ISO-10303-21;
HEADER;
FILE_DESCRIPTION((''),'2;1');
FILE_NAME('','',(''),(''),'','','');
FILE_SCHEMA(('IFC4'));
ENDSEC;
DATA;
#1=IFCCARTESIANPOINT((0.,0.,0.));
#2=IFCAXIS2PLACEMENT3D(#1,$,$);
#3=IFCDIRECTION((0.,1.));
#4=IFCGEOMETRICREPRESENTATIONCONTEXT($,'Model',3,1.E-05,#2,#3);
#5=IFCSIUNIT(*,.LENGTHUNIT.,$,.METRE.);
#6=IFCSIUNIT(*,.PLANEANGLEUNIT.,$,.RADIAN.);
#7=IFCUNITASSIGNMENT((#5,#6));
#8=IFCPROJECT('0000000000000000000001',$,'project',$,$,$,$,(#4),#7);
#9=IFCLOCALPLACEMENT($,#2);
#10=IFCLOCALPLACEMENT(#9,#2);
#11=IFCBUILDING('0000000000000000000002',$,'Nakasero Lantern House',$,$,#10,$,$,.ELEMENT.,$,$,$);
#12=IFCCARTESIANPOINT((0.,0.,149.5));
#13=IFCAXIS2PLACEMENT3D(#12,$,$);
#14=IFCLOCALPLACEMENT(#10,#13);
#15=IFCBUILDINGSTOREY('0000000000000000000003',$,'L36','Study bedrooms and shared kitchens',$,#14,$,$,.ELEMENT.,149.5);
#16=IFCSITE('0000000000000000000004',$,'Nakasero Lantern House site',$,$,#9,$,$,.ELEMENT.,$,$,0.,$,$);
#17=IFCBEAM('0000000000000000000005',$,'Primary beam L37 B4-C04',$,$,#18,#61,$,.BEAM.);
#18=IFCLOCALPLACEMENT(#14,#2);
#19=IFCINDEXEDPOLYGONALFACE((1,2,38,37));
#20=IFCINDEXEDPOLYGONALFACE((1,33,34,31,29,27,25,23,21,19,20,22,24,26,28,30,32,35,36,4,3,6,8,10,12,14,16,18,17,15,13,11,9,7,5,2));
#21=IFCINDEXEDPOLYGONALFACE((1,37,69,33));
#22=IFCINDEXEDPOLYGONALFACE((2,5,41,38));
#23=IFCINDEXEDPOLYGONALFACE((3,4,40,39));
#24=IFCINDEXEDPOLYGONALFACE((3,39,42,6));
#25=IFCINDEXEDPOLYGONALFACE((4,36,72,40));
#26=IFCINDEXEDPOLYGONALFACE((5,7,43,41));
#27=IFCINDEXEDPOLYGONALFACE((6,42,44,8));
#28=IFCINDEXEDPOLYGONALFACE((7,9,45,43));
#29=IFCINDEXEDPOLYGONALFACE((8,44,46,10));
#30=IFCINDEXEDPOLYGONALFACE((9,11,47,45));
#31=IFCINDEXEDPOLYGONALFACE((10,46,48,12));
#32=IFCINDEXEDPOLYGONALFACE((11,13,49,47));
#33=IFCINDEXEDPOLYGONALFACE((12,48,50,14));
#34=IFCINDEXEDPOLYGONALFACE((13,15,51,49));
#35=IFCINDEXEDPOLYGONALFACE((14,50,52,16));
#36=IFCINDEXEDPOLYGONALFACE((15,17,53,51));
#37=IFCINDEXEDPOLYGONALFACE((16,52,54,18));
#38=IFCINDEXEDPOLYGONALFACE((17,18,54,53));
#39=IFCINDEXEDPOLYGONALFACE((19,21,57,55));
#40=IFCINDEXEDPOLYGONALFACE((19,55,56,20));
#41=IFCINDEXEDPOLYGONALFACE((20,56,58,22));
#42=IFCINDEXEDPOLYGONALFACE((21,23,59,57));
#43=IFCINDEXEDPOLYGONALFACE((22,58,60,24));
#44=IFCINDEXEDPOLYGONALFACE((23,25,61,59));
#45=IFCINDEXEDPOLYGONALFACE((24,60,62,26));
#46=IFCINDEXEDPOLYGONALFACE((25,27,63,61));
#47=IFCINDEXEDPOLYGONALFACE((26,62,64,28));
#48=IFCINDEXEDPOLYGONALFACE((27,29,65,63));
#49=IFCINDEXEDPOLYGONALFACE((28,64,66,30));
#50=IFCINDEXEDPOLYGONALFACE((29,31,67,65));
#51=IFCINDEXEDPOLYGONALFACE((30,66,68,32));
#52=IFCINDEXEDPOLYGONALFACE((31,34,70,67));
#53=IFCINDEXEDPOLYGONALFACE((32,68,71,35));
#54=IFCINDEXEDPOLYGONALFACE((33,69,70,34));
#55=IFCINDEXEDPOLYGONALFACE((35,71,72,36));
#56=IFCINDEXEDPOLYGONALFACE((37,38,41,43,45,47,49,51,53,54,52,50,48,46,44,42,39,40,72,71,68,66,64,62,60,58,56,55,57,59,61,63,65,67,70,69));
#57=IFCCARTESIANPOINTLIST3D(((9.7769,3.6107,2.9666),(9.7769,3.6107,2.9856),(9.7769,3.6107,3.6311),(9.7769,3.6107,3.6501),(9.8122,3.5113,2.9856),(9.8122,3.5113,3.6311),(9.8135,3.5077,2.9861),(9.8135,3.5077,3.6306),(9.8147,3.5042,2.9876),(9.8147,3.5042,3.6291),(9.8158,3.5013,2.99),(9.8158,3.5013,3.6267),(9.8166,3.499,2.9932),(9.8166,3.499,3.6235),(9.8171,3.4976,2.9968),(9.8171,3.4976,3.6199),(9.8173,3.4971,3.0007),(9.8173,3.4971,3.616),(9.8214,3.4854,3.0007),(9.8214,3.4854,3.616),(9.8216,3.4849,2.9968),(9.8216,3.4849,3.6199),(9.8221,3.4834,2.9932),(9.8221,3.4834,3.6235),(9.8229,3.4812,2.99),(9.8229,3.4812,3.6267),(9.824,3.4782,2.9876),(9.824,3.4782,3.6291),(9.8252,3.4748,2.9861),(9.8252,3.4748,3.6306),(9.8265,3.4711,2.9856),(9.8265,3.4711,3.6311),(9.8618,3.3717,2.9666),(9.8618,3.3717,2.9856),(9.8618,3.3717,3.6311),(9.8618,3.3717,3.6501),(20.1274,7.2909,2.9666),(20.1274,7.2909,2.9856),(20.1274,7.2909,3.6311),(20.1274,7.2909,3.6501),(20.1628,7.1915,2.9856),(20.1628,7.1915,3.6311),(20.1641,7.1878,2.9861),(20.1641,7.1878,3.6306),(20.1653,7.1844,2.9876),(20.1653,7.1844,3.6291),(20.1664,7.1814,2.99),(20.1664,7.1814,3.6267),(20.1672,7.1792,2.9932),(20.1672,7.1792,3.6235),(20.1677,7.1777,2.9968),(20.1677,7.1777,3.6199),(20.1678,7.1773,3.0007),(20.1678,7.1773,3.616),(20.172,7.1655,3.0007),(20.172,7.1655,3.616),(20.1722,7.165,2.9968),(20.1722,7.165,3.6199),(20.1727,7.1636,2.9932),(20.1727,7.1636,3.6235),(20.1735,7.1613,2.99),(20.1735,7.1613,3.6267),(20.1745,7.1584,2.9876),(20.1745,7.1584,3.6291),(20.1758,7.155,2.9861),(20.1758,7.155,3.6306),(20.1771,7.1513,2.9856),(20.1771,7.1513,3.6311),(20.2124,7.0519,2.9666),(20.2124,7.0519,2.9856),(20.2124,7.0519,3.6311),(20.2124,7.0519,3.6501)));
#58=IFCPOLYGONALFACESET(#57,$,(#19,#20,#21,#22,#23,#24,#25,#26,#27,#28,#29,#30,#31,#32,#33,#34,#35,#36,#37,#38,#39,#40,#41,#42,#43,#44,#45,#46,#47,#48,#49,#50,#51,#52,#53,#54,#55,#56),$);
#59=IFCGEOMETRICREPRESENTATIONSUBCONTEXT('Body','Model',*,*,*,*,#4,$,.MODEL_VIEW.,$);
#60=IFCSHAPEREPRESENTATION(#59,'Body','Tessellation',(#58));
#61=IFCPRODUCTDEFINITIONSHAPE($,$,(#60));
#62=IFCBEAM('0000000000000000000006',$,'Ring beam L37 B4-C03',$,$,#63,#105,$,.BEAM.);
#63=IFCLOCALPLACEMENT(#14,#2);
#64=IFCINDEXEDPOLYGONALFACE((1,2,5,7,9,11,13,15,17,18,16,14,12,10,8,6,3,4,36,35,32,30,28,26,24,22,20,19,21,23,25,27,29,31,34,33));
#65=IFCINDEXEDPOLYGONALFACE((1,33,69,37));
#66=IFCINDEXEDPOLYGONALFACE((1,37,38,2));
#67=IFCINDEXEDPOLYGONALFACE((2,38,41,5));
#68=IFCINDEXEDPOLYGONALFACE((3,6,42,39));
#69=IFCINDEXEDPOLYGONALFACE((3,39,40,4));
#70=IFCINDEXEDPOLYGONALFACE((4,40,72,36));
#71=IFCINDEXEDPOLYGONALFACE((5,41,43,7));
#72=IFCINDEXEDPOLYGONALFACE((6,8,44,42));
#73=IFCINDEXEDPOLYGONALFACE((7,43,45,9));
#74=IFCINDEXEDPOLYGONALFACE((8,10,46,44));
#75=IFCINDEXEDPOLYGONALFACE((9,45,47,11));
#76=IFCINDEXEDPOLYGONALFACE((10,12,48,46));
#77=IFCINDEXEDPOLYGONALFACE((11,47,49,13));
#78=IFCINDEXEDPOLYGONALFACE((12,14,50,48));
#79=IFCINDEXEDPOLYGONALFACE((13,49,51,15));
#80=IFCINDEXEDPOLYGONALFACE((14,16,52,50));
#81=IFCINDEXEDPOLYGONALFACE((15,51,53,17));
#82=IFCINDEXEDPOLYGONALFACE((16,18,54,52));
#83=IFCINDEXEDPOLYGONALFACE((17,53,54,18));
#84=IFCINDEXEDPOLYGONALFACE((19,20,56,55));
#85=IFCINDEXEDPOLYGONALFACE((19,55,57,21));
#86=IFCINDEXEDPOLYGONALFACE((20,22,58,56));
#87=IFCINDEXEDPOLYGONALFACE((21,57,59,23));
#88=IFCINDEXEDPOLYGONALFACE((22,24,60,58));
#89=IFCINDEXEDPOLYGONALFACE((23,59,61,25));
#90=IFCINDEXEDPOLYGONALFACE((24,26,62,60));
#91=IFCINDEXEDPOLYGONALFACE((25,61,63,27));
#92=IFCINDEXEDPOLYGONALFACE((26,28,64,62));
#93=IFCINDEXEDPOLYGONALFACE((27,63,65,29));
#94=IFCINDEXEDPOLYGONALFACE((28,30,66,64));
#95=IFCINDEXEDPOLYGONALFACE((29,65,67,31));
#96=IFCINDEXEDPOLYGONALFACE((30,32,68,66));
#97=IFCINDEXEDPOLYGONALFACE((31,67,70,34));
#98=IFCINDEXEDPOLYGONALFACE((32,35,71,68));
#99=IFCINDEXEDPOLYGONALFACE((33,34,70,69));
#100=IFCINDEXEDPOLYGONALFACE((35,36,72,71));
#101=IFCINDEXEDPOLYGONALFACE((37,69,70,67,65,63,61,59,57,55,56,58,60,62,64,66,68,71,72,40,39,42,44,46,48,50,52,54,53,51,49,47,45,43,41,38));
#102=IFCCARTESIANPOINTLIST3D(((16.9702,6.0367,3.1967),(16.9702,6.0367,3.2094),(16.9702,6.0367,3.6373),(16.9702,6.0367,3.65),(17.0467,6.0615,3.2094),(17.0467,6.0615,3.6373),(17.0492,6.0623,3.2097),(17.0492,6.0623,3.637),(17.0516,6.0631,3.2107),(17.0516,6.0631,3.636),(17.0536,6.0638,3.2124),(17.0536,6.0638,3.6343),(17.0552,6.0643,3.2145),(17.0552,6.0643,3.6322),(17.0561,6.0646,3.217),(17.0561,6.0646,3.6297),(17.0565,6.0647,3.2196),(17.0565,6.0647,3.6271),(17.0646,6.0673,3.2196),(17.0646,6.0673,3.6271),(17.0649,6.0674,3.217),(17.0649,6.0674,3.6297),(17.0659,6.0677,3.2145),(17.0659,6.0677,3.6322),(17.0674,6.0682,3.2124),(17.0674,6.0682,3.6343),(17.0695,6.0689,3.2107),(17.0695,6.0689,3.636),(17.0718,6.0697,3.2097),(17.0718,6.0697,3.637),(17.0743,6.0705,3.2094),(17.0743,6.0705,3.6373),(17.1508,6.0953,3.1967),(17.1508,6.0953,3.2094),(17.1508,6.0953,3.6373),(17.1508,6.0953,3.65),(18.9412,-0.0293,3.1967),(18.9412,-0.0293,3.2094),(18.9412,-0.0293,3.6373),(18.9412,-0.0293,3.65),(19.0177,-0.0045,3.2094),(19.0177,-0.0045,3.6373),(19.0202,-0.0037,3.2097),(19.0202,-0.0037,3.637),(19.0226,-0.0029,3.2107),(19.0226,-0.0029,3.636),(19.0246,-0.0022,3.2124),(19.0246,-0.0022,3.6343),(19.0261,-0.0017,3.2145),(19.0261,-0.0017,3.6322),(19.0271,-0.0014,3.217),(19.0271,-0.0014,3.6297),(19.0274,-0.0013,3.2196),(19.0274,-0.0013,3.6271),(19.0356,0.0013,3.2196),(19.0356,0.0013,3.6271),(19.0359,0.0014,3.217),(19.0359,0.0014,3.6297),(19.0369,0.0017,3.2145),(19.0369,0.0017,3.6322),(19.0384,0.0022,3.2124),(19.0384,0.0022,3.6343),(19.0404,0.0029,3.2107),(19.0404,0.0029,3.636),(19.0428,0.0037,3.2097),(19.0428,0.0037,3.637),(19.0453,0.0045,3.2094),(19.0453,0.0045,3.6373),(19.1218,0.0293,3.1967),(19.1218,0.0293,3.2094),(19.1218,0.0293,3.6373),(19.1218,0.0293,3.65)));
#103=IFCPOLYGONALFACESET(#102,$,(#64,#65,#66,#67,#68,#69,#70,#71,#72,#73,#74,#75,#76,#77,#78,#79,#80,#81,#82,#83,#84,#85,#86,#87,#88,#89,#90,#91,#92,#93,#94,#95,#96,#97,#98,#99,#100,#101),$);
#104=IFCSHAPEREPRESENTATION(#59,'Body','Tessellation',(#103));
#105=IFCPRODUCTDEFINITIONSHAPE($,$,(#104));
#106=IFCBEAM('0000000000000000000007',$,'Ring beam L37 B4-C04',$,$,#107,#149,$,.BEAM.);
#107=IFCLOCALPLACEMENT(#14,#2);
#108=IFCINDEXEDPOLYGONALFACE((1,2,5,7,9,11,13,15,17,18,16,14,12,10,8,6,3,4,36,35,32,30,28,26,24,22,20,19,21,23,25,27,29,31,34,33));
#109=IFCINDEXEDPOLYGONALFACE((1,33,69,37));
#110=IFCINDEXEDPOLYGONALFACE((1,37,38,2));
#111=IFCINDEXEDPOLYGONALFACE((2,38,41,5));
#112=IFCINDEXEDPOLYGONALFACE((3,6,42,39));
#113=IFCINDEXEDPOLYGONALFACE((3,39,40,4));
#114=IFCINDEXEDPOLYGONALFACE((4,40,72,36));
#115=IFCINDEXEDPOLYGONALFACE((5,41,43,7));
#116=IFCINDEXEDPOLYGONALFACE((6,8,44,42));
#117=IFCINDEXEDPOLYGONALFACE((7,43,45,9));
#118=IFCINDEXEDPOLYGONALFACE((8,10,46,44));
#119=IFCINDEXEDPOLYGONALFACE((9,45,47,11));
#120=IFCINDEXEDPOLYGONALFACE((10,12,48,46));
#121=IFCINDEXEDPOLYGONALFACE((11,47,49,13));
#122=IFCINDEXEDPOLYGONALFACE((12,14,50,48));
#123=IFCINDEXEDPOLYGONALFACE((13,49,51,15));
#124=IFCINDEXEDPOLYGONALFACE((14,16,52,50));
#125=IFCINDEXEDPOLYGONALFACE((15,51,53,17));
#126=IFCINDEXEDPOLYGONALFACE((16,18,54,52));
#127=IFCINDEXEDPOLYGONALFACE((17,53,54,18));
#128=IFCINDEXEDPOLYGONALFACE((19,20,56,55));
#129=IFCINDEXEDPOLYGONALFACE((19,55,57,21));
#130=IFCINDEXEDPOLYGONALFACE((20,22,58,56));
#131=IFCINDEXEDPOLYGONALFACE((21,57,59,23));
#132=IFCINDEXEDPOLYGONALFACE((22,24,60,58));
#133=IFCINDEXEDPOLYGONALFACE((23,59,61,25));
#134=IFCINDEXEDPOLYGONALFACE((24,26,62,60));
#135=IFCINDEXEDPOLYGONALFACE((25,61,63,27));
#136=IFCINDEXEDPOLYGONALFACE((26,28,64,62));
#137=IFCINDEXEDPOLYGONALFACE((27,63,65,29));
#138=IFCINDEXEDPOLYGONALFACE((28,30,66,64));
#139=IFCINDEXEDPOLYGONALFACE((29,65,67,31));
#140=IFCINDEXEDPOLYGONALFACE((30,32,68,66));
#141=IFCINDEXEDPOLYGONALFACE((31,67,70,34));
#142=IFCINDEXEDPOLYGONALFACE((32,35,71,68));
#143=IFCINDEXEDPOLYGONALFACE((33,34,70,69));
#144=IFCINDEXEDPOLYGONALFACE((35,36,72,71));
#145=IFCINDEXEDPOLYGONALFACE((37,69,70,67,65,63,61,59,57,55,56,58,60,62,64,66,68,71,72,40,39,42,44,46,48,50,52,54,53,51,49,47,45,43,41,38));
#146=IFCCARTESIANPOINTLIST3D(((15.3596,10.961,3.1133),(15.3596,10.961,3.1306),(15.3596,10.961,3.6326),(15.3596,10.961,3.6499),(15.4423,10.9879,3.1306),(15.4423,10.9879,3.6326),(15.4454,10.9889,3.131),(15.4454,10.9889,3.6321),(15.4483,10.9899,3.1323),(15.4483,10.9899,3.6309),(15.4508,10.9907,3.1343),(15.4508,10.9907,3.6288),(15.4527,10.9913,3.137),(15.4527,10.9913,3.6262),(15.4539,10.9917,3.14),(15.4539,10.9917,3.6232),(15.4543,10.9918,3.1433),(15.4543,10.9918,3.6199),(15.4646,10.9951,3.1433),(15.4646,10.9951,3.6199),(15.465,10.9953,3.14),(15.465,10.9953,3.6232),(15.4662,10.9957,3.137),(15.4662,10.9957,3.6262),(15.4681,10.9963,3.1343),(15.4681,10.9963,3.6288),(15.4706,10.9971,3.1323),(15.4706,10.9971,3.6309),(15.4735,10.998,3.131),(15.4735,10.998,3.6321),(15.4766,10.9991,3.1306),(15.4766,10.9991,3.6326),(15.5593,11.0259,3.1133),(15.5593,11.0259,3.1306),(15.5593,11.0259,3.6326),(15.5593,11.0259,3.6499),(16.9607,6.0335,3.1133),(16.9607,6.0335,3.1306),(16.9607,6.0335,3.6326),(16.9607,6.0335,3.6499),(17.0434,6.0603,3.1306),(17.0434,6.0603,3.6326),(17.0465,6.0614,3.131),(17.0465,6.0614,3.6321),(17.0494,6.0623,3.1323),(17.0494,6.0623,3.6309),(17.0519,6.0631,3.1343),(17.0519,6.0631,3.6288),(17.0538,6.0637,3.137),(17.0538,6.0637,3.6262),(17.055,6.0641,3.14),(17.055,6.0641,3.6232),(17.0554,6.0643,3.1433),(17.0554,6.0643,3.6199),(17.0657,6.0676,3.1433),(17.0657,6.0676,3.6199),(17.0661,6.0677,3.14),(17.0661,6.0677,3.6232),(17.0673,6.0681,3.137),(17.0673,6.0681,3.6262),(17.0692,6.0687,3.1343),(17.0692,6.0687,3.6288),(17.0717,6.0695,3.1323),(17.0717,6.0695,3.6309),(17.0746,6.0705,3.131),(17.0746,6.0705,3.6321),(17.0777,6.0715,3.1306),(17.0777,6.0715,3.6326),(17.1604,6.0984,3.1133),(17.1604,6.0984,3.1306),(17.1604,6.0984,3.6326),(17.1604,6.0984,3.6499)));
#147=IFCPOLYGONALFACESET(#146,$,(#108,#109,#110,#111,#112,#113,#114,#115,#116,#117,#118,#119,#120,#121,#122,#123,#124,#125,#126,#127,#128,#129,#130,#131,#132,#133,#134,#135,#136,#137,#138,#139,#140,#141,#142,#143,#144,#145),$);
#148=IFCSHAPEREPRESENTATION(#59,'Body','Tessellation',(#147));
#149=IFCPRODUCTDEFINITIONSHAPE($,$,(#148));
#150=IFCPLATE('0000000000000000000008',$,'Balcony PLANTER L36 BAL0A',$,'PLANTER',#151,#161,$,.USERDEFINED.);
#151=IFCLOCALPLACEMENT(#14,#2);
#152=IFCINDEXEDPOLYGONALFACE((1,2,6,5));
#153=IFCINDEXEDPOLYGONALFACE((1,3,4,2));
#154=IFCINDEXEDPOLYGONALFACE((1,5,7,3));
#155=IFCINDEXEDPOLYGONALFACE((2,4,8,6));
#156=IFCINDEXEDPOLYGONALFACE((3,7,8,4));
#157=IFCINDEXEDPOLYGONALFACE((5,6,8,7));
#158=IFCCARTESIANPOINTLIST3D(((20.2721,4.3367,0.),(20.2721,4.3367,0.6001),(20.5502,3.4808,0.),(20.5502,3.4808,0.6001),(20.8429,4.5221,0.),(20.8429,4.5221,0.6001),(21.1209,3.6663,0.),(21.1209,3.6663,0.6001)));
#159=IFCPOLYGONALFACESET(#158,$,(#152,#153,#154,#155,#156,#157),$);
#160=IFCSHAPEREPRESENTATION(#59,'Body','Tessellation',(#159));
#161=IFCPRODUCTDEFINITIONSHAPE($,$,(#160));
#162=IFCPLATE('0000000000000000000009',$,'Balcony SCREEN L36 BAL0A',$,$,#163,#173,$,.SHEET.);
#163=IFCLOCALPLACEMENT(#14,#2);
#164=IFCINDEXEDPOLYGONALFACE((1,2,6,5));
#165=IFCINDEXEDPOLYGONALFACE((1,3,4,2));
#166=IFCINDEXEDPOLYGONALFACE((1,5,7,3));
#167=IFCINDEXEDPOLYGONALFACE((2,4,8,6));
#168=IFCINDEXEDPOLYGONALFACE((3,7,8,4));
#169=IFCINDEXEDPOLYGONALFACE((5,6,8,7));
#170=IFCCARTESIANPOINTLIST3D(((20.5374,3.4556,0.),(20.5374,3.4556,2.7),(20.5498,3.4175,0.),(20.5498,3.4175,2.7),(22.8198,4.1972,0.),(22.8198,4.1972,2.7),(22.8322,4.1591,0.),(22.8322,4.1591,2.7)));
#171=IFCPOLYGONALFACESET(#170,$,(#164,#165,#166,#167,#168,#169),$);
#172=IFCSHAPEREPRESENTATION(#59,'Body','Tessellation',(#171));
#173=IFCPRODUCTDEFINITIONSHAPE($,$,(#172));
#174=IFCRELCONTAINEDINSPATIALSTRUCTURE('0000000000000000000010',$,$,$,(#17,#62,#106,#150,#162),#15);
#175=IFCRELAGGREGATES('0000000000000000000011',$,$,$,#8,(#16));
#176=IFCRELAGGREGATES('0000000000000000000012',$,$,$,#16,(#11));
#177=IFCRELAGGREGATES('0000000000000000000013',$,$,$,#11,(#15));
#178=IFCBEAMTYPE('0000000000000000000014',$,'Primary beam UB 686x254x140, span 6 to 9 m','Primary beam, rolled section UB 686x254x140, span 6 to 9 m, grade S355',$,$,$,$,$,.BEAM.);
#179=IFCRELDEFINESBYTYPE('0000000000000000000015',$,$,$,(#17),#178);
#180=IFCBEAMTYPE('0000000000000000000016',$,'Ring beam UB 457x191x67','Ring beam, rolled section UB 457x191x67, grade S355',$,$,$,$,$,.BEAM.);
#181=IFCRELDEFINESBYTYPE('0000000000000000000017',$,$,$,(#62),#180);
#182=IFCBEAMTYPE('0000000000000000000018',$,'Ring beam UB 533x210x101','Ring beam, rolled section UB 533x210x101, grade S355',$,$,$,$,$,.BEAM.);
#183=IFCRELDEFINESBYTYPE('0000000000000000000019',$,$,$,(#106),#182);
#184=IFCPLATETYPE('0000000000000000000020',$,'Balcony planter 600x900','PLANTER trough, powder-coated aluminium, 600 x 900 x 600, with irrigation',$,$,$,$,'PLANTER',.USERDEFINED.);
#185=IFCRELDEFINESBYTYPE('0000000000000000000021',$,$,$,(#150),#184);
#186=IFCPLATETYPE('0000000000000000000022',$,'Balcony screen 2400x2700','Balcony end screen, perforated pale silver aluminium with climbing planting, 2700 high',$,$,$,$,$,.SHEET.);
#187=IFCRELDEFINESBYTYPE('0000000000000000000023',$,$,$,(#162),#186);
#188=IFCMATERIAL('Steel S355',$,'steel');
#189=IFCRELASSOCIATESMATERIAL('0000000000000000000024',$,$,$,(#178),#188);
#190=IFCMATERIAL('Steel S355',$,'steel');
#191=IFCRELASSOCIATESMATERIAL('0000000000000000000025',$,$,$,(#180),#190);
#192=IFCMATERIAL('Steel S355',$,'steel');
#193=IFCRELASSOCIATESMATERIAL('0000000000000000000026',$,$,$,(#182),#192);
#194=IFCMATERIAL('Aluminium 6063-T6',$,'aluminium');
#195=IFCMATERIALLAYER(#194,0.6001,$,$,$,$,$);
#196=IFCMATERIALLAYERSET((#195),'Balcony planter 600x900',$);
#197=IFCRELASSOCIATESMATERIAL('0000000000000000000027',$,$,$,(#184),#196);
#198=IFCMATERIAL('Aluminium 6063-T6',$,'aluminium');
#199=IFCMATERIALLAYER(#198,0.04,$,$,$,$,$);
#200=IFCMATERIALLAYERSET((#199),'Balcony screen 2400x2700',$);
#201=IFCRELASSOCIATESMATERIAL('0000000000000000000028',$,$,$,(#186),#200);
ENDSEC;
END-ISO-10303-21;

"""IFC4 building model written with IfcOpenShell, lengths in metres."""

from ifc_helpers import new_model, si_unit, direction, frame, origin, origin_2d, place, context, subcontext, project, spatial, rectangle, i_section, extrude, material, layer, layer_set, material_profile, profile_set, type_object, element, save


model = new_model("IFC4")

# Units and contexts
model_context = context("Model", 3, precision=1e-05, world=origin(), true_north=direction((0.0, 1.0)))
body_context = subcontext(model_context, "Body", "Model", "MODEL_VIEW")
ifc_project = project(units=[si_unit("LENGTHUNIT", "METRE"), si_unit("PLANEANGLEUNIT", "RADIAN")], contexts=[model_context])

# Site, building, storey
site_placement = place(None, origin())
site = spatial("IfcSite", under=ifc_project, at=site_placement, Name="Nakasero Lantern House site", CompositionType="ELEMENT", RefElevation=0.0)
building_placement = place(site_placement, origin())
building = spatial("IfcBuilding", under=site, at=building_placement, Name="Nakasero Lantern House", CompositionType="ELEMENT")
storey_placement = place(building_placement, frame((0.0, 0.0, 149.5)))
storey = spatial("IfcBuildingStorey", under=building, at=storey_placement, Name="L36", Description="Study bedrooms and shared kitchens", CompositionType="ELEMENT", Elevation=149.5)

# Beams
ifc_material_1 = material(Name="Steel S355", Category="steel")
ifc_material_profile_1 = material_profile(ifc_material_1, i_section(OverallWidth=0.2537, OverallDepth=0.6836, WebThickness=0.0125, FlangeThickness=0.019, FilletRadius=0.0151, at=origin_2d()), Name="UB 686x254x140")
ifc_profile_set_1 = profile_set([ifc_material_profile_1], Name="Steel S355")
beam_type_1 = type_object("IfcBeamType", Name="Primary beam UB 686x254x140, span 6 to 9 m", Description="Primary beam, rolled section UB 686x254x140, span 6 to 9 m, grade S355", PredefinedType="BEAM", material=ifc_profile_set_1)
beam_1_placement = place(storey_placement, frame((20.1699, 7.1714, 3.3083), z_axis=(-0.942216, -0.335007, 0.0), x_axis=(0.335007, -0.942216, 0.0)))
element("IfcBeam", 1, at=beam_1_placement, inside=storey, type_object=beam_type_1, Name="Primary beam L37 B4-C04", PredefinedType="BEAM", context=body_context, shape_type="SweptSolid", body=[
    extrude(i_section(OverallWidth=0.2537, OverallDepth=0.6836, WebThickness=0.0125, FlangeThickness=0.019, FilletRadius=0.0151, at=origin_2d()), origin(), (0.0, 0.0, 1.0), 10.9854),
])
ifc_material_2 = material(Name="Steel S355", Category="steel")
ifc_material_profile_2 = material_profile(ifc_material_2, i_section(OverallWidth=0.1899, OverallDepth=0.4534, WebThickness=0.0085, FlangeThickness=0.0127, FilletRadius=0.0103, at=origin_2d()), Name="UB 457x191x67")
ifc_profile_set_2 = profile_set([ifc_material_profile_2], Name="Steel S355")
beam_type_2 = type_object("IfcBeamType", Name="Ring beam UB 457x191x67", Description="Ring beam, rolled section UB 457x191x67, grade S355", PredefinedType="BEAM", material=ifc_profile_set_2)
beam_2_placement = place(storey_placement, frame((19.0315, 0.0, 3.4233), z_axis=(-0.309019, 0.951056, 0.0), x_axis=(-0.951056, -0.309019, 0.0)))
element("IfcBeam", 2, at=beam_2_placement, inside=storey, type_object=beam_type_2, Name="Ring beam L37 B4-C03", PredefinedType="BEAM", context=body_context, shape_type="SweptSolid", body=[
    extrude(i_section(OverallWidth=0.1899, OverallDepth=0.4534, WebThickness=0.0085, FlangeThickness=0.0127, FilletRadius=0.0103, at=origin_2d()), origin(), (0.0, 0.0, 1.0), 6.3782),
])
ifc_material_3 = material(Name="Steel S355", Category="steel")
ifc_material_profile_3 = material_profile(ifc_material_3, i_section(OverallWidth=0.21, OverallDepth=0.5366, WebThickness=0.0107, FlangeThickness=0.0173, FilletRadius=0.0127, at=origin_2d()), Name="UB 533x210x101")
ifc_profile_set_3 = profile_set([ifc_material_profile_3], Name="Steel S355")
beam_type_3 = type_object("IfcBeamType", Name="Ring beam UB 533x210x101", Description="Ring beam, rolled section UB 533x210x101, grade S355", PredefinedType="BEAM", material=ifc_profile_set_3)
beam_3_placement = place(storey_placement, frame((17.0605, 6.0659, 3.3816), z_axis=(-0.309023, 0.951054, 0.0), x_axis=(-0.951054, -0.309023, 0.0)))
element("IfcBeam", 3, at=beam_3_placement, inside=storey, type_object=beam_type_3, Name="Ring beam L37 B4-C04", PredefinedType="BEAM", context=body_context, shape_type="SweptSolid", body=[
    extrude(i_section(OverallWidth=0.21, OverallDepth=0.5366, WebThickness=0.0107, FlangeThickness=0.0173, FilletRadius=0.0127, at=origin_2d()), origin(), (0.0, 0.0, 1.0), 5.1812),
])

# Plates
ifc_material_4 = material(Name="Aluminium 6063-T6", Category="aluminium")
ifc_layer_1 = layer(ifc_material_4, 0.6001)
ifc_layer_set_1 = layer_set([ifc_layer_1], Name="Balcony planter 600x900")
plate_type_1 = type_object("IfcPlateType", Name="Balcony planter 600x900", Description="PLANTER trough, powder-coated aluminium, 600 x 900 x 600, with irrigation", ElementType="PLANTER", PredefinedType="USERDEFINED", material=ifc_layer_set_1)
plate_1_placement = place(storey_placement, frame((20.6965, 4.0015, 0.0), z_axis=(0.0, 0.0, 1.0), x_axis=(0.951057, 0.309017, 0.0)))
element("IfcPlate", 4, at=plate_1_placement, inside=storey, type_object=plate_type_1, Name="Balcony PLANTER L36 BAL0A", ObjectType="PLANTER", PredefinedType="USERDEFINED", context=body_context, shape_type="SweptSolid", body=[
    extrude(rectangle(XDim=0.6001, YDim=0.8999, at=origin_2d()), origin(), (0.0, 0.0, 1.0), 0.6001),
])
ifc_material_5 = material(Name="Aluminium 6063-T6", Category="aluminium")
ifc_layer_2 = layer(ifc_material_5, 0.04)
ifc_layer_set_2 = layer_set([ifc_layer_2], Name="Balcony screen 2400x2700")
plate_type_2 = type_object("IfcPlateType", Name="Balcony screen 2400x2700", Description="Balcony end screen, perforated pale silver aluminium with climbing planting, 2700 high", PredefinedType="SHEET", material=ifc_layer_set_2)
plate_2_placement = place(storey_placement, frame((21.6848, 3.8074, 0.0), z_axis=(0.0, 0.0, 1.0), x_axis=(0.951057, 0.309017, 0.0)))
element("IfcPlate", 5, at=plate_2_placement, inside=storey, type_object=plate_type_2, Name="Balcony SCREEN L36 BAL0A", PredefinedType="SHEET", context=body_context, shape_type="SweptSolid", body=[
    extrude(rectangle(XDim=2.3999, YDim=0.04, at=origin_2d()), origin(), (0.0, 0.0, 1.0), 2.7),
])

save(model, "model.ifc")
